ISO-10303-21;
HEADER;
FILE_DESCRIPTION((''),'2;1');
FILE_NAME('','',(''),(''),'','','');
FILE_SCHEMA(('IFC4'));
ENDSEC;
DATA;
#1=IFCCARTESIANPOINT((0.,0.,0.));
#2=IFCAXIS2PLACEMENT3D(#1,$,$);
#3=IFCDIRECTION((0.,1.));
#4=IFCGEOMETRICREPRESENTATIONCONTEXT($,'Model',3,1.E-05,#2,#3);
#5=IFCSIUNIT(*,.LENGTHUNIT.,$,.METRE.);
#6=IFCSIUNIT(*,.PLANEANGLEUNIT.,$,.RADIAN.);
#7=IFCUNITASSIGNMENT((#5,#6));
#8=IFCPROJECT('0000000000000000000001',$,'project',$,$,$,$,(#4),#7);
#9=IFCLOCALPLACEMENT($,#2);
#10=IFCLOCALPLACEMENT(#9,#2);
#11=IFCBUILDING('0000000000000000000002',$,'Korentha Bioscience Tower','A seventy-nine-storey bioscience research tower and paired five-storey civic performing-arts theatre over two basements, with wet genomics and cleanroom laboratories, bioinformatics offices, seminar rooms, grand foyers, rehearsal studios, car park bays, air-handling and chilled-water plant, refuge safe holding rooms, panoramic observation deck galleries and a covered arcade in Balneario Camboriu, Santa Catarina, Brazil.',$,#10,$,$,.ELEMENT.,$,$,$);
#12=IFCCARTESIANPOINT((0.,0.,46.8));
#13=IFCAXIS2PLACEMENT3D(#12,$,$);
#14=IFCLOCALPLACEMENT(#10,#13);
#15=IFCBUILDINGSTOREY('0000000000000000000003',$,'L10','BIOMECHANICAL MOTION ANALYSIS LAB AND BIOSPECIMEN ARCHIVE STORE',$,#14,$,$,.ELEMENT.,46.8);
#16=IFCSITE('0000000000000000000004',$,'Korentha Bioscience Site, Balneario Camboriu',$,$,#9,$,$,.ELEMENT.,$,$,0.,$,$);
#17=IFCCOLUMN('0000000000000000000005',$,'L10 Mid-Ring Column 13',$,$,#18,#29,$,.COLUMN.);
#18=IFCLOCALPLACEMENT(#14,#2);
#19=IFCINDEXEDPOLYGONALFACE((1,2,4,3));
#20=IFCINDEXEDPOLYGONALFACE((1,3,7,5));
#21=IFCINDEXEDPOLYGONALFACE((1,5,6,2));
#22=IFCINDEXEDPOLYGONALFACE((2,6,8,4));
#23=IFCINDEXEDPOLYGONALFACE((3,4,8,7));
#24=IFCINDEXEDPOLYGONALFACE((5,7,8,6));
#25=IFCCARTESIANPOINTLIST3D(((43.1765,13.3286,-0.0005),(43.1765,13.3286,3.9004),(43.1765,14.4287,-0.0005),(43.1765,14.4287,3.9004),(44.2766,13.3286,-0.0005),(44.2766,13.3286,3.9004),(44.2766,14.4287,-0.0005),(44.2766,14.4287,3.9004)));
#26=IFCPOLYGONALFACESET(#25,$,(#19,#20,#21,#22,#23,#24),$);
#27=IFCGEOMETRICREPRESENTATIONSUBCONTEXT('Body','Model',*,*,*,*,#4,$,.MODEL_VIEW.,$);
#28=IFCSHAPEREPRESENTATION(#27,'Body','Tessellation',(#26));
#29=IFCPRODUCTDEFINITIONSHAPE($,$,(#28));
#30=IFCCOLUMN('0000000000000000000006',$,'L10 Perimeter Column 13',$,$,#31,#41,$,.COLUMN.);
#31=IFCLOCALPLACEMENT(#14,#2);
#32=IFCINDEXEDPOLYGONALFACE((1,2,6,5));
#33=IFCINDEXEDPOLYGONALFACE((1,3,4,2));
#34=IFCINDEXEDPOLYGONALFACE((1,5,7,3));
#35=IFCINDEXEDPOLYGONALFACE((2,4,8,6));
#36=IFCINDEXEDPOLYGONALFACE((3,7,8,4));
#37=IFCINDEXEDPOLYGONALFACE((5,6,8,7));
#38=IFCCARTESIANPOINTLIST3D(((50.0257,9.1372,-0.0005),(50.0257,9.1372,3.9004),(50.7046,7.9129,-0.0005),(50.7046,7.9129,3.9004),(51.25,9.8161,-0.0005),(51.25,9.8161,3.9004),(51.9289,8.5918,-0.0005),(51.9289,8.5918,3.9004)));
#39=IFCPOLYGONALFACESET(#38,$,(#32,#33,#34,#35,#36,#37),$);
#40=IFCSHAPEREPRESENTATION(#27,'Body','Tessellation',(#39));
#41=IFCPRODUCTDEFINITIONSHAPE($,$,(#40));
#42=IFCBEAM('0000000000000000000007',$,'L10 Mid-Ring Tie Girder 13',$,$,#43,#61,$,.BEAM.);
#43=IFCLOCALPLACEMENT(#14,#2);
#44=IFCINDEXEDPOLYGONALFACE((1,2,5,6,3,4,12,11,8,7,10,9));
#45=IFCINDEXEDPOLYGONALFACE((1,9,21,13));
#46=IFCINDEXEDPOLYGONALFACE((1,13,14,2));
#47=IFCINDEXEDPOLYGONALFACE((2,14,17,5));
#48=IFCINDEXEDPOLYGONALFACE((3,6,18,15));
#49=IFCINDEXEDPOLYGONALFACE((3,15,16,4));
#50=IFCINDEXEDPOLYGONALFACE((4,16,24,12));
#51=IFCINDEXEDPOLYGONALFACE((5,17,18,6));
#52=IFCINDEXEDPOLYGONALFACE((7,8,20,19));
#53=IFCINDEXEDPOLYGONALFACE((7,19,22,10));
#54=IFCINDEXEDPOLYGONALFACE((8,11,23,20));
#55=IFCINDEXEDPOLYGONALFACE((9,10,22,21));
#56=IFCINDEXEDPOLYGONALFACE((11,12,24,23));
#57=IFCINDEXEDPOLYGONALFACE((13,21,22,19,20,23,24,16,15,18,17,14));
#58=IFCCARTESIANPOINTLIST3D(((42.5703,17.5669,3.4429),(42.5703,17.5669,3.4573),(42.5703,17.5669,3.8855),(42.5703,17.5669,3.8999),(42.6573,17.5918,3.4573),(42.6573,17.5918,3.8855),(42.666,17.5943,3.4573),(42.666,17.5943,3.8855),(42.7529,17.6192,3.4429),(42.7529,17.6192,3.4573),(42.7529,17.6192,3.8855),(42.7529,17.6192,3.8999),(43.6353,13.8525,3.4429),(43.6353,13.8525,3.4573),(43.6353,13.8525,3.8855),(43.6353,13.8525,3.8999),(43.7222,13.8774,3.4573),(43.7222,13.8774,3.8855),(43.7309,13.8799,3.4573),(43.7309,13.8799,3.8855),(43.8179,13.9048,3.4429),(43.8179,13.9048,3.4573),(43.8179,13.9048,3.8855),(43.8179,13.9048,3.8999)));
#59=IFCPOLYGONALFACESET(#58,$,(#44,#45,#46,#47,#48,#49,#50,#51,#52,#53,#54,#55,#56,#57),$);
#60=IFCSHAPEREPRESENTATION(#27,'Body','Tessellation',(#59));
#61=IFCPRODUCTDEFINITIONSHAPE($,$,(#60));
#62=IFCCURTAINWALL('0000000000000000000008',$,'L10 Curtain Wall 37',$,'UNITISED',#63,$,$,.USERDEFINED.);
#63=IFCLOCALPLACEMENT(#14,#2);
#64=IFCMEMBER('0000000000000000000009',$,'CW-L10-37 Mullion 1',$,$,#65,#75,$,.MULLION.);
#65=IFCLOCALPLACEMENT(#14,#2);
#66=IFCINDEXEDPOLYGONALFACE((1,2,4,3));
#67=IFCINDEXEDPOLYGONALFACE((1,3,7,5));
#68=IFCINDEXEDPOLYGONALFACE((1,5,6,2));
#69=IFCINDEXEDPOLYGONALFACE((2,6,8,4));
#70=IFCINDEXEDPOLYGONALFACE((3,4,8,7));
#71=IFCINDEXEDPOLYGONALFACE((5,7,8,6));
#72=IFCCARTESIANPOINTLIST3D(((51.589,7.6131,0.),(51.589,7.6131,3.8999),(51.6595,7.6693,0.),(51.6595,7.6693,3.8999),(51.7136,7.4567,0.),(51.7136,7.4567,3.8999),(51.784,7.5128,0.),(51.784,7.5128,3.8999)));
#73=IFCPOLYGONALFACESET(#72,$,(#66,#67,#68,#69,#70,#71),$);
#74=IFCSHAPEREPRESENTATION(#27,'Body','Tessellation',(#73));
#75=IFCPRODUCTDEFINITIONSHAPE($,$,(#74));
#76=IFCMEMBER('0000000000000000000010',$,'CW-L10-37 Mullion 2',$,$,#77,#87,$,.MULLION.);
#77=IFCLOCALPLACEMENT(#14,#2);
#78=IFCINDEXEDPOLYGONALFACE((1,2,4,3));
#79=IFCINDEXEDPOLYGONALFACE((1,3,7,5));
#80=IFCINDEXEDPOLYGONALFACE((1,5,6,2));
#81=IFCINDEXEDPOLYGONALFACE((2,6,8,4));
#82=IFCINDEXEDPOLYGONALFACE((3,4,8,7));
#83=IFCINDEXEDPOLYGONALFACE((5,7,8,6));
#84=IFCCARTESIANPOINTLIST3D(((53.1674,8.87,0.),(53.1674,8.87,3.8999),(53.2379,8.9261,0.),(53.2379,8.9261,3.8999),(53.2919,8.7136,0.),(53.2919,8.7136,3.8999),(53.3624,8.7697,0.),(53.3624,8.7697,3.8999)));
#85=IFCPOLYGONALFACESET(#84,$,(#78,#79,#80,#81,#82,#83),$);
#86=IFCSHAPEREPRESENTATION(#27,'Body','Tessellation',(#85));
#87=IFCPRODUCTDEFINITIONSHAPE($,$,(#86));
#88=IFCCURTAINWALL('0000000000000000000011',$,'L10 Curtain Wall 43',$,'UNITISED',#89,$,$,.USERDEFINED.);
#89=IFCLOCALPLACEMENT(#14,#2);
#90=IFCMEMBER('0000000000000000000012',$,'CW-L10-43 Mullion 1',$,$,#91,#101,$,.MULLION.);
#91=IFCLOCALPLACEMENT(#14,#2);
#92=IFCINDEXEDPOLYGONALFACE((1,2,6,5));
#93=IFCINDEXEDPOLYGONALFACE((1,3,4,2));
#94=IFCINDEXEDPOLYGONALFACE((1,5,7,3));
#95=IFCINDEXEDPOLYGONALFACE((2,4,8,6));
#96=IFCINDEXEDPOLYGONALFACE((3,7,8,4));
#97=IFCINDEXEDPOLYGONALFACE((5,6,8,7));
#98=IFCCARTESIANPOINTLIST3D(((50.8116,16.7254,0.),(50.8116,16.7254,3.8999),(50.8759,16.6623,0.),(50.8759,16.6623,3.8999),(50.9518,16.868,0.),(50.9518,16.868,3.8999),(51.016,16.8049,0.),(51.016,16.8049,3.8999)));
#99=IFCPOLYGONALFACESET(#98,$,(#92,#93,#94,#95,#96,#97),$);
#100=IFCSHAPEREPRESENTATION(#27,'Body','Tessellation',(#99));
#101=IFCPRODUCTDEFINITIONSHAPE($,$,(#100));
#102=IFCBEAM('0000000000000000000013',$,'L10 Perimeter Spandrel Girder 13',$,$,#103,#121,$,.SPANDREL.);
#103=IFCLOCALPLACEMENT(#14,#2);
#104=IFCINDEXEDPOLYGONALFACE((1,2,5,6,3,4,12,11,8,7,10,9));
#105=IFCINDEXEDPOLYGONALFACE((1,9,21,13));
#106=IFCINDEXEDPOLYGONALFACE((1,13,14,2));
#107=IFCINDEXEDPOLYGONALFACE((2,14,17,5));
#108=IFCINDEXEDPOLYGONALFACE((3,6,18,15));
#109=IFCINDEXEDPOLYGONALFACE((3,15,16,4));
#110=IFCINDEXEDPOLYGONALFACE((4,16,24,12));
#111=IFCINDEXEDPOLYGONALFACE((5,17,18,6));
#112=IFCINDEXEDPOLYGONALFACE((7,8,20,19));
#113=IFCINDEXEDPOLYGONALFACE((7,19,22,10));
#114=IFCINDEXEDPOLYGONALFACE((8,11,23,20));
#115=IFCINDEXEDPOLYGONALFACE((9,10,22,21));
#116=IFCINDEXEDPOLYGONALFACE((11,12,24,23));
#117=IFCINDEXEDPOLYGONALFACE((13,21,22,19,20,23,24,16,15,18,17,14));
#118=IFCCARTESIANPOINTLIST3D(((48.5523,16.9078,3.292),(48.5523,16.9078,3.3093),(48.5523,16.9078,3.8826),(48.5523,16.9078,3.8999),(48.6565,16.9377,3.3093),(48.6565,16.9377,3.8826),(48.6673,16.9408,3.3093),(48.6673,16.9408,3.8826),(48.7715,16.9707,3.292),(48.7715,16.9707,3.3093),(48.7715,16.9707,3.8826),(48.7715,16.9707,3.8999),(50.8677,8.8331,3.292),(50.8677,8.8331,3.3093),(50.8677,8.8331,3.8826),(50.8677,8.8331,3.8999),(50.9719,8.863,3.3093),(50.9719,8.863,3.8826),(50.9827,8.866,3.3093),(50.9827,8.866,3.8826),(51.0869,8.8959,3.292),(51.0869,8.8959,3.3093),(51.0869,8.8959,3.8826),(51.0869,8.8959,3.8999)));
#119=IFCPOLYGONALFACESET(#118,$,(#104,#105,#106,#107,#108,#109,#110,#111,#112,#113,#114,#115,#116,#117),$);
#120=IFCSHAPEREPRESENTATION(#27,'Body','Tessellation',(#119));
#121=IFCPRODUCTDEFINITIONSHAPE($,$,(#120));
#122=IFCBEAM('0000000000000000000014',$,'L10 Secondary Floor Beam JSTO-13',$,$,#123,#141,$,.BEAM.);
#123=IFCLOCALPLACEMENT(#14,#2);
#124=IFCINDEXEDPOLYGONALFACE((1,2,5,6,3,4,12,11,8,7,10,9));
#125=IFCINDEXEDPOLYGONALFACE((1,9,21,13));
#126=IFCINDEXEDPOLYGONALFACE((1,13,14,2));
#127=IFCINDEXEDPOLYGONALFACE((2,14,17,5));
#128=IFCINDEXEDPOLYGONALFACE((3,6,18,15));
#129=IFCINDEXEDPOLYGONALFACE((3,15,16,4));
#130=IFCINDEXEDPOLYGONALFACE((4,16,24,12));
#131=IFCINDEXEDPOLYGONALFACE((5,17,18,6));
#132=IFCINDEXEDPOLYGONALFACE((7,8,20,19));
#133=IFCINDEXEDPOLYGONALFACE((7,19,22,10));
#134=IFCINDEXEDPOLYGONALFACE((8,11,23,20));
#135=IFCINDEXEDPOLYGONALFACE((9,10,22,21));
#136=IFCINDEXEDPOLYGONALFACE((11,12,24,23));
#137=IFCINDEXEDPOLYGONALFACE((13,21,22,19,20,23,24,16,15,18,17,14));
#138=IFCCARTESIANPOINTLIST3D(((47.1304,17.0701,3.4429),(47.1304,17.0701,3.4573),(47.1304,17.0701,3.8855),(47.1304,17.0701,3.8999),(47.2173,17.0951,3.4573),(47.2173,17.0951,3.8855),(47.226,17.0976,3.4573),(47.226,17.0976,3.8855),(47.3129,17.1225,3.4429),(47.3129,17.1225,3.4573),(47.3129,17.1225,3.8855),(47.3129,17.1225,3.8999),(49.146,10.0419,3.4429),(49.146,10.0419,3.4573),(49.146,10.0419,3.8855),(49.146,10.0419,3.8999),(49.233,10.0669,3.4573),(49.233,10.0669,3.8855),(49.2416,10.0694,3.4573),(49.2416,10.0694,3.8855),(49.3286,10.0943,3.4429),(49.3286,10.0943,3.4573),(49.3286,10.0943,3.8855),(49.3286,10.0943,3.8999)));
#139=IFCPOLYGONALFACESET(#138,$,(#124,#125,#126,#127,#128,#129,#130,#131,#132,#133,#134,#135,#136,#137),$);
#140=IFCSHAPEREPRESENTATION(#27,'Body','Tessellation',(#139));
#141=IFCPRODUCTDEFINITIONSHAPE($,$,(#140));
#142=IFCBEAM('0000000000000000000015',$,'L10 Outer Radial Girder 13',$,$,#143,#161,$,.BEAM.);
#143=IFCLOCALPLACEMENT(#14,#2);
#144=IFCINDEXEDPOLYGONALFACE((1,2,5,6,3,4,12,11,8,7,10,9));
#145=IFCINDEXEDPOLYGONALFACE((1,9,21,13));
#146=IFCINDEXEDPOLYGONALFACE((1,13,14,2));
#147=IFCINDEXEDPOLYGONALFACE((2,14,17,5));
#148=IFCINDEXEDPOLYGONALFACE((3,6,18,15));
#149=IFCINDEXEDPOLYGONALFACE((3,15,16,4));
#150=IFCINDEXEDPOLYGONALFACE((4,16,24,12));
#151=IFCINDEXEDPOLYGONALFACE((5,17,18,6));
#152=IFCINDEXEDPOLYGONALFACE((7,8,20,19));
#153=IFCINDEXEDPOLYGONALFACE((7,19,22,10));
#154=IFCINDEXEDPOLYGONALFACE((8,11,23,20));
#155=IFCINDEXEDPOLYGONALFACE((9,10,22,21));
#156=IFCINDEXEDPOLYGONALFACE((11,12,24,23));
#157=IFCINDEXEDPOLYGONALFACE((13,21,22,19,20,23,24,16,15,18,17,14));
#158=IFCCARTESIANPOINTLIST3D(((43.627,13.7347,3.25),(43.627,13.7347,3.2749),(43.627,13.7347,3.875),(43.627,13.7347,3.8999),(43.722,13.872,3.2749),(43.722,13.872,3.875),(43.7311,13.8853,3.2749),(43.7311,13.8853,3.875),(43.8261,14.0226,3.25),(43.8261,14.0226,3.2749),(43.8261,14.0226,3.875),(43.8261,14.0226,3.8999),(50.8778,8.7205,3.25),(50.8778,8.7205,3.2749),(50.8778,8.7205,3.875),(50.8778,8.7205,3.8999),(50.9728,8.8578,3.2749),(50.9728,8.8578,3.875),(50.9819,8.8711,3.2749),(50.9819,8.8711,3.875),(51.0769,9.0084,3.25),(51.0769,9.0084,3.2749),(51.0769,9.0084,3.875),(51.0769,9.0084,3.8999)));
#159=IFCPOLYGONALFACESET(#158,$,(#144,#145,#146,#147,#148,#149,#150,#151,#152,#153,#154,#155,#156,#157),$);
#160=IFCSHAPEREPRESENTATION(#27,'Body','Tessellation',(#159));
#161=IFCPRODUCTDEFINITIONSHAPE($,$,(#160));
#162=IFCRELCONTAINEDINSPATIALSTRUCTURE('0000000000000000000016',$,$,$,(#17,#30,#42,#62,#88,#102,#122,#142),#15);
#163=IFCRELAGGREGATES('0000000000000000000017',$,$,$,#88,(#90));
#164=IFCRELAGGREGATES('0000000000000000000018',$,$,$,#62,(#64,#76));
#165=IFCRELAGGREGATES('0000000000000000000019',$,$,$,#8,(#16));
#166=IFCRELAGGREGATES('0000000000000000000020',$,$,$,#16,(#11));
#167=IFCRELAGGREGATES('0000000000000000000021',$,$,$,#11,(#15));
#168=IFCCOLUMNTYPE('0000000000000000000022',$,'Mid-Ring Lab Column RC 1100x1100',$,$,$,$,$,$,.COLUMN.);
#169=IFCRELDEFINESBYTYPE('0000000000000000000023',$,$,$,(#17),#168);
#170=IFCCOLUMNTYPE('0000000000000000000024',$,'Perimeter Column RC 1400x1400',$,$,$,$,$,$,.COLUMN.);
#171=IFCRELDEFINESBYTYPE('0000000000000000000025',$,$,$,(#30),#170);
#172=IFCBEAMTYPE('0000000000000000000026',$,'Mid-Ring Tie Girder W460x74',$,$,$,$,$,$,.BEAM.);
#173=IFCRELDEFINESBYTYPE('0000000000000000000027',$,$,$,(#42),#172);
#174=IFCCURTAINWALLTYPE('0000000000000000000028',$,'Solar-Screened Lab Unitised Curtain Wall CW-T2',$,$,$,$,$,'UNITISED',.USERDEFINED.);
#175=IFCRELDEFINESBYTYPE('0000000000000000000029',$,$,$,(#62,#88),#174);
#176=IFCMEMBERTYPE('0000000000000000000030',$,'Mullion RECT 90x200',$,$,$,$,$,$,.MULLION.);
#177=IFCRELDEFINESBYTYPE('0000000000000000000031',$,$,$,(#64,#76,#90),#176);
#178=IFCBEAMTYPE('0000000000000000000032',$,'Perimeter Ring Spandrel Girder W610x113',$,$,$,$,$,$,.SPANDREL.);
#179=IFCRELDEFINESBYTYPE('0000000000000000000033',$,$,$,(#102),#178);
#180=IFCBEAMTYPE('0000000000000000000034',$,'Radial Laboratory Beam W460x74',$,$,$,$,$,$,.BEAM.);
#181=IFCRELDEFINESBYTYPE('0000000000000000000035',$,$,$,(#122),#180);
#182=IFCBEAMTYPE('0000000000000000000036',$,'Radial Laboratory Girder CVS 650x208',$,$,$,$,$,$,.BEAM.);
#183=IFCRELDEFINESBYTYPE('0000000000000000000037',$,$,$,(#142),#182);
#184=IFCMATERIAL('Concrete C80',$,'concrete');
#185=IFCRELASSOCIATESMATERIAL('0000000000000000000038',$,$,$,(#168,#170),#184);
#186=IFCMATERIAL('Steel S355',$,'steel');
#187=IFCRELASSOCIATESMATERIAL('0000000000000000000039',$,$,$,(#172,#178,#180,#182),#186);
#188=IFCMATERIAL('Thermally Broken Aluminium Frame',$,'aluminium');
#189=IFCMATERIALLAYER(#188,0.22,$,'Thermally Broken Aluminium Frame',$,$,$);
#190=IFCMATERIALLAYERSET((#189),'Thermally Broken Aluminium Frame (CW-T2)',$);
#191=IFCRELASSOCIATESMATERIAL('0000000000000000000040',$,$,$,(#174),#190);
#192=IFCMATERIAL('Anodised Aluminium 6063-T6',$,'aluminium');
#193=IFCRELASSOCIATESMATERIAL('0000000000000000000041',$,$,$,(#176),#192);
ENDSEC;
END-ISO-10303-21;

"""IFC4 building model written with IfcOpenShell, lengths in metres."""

from ifc_helpers import new_model, si_unit, direction, frame, origin, origin_2d, place, context, subcontext, project, spatial, rectangle, i_section, extrude, material, layer, layer_set, material_profile, profile_set, type_object, element, aggregate, save


model = new_model("IFC4")

# Units and contexts
model_context = context("Model", 3, precision=1e-05, world=origin(), true_north=direction((0.0, 1.0)))
body_context = subcontext(model_context, "Body", "Model", "MODEL_VIEW")
ifc_project = project(units=[si_unit("LENGTHUNIT", "METRE"), si_unit("PLANEANGLEUNIT", "RADIAN")], contexts=[model_context])

# Site, building, storey
site_placement = place(None, origin())
site = spatial("IfcSite", under=ifc_project, at=site_placement, Name="Korentha Bioscience Site, Balneario Camboriu", CompositionType="ELEMENT", RefElevation=0.0)
building_placement = place(site_placement, origin())
building = spatial("IfcBuilding", under=site, at=building_placement, Name="Korentha Bioscience Tower", Description="A seventy-nine-storey bioscience research tower and paired five-storey civic performing-arts theatre over two basements, with wet genomics and cleanroom laboratories, bioinformatics offices, seminar rooms, grand foyers, rehearsal studios, car park bays, air-handling and chilled-water plant, refuge safe holding rooms, panoramic observation deck galleries and a covered arcade in Balneario Camboriu, Santa Catarina, Brazil.", CompositionType="ELEMENT")
storey_placement = place(building_placement, frame((0.0, 0.0, 46.8)))
storey = spatial("IfcBuildingStorey", under=building, at=storey_placement, Name="L10", Description="BIOMECHANICAL MOTION ANALYSIS LAB AND BIOSPECIMEN ARCHIVE STORE", CompositionType="ELEMENT", Elevation=46.8)

# Columns
ifc_material_1 = material(Name="Concrete C80", Category="concrete")
ifc_material_profile_1 = material_profile(ifc_material_1, rectangle(XDim=1.1001, YDim=1.1001, at=origin_2d()), Name="Concrete C80")
ifc_profile_set_1 = profile_set([ifc_material_profile_1], Name="Concrete C80 (COL-MR11)")
column_type_1 = type_object("IfcColumnType", Name="Mid-Ring Lab Column RC 1100x1100", PredefinedType="COLUMN", material=ifc_profile_set_1)
column_1_placement = place(storey_placement, frame((43.7266, 13.8787, -0.0005), z_axis=(0.0, 0.0, 1.0), x_axis=(1.0, 0.0, 0.0)))
element("IfcColumn", 1, at=column_1_placement, inside=storey, type_object=column_type_1, Name="L10 Mid-Ring Column 13", PredefinedType="COLUMN", context=body_context, shape_type="SweptSolid", body=[
    extrude(rectangle(XDim=1.1001, YDim=1.1001, at=origin_2d()), origin(), (0.0, 0.0, 1.0), 3.9009),
])
ifc_material_profile_2 = material_profile(ifc_material_1, rectangle(XDim=1.3999, YDim=1.3999, at=origin_2d()), Name="Concrete C80")
ifc_profile_set_2 = profile_set([ifc_material_profile_2], Name="Concrete C80 (COL-P14)")
column_type_2 = type_object("IfcColumnType", Name="Perimeter Column RC 1400x1400", PredefinedType="COLUMN", material=ifc_profile_set_2)
column_2_placement = place(storey_placement, frame((50.9773, 8.8645, -0.0005), z_axis=(0.0, 0.0, 1.0), x_axis=(0.874535, 0.484962, 0.0)))
element("IfcColumn", 2, at=column_2_placement, inside=storey, type_object=column_type_2, Name="L10 Perimeter Column 13", PredefinedType="COLUMN", context=body_context, shape_type="SweptSolid", body=[
    extrude(rectangle(XDim=1.3999, YDim=1.3999, at=origin_2d()), origin(), (0.0, 0.0, 1.0), 3.9009),
])

# Beam
ifc_material_2 = material(Name="Steel S355", Category="steel")
ifc_material_profile_3 = material_profile(ifc_material_2, i_section(OverallWidth=0.1899, OverallDepth=0.457, WebThickness=0.009, FlangeThickness=0.0144, at=origin_2d()), Name="Steel S355")
ifc_profile_set_3 = profile_set([ifc_material_profile_3], Name="Steel S355 (MB-460)")
beam_type_1 = type_object("IfcBeamType", Name="Mid-Ring Tie Girder W460x74", PredefinedType="BEAM", material=ifc_profile_set_3)
beam_1_placement = place(storey_placement, frame((43.7266, 13.8787, 3.6714), z_axis=(-0.275606, 0.961271, 0.0), x_axis=(-0.961271, -0.275606, 0.0)))
element("IfcBeam", 3, at=beam_1_placement, inside=storey, type_object=beam_type_1, Name="L10 Mid-Ring Tie Girder 13", PredefinedType="BEAM", context=body_context, shape_type="SweptSolid", body=[
    extrude(i_section(OverallWidth=0.1899, OverallDepth=0.457, WebThickness=0.009, FlangeThickness=0.0144, at=origin_2d()), origin(), (0.0, 0.0, 1.0), 3.864),
])

# Curtain wall, members
ifc_material_3 = material(Name="Thermally Broken Aluminium Frame", Category="aluminium")
ifc_layer_1 = layer(ifc_material_3, 0.22, Name="Thermally Broken Aluminium Frame")
ifc_layer_set_1 = layer_set([ifc_layer_1], Name="Thermally Broken Aluminium Frame (CW-T2)")
curtain_wall_type = type_object("IfcCurtainWallType", Name="Solar-Screened Lab Unitised Curtain Wall CW-T2", ElementType="UNITISED", PredefinedType="USERDEFINED", material=ifc_layer_set_1)
curtain_wall_1_placement = place(storey_placement, origin())
curtain_wall_1 = element("IfcCurtainWall", 4, at=curtain_wall_1_placement, inside=storey, type_object=curtain_wall_type, Name="L10 Curtain Wall 37", ObjectType="UNITISED", PredefinedType="USERDEFINED")
ifc_material_4 = material(Name="Anodised Aluminium 6063-T6", Category="aluminium")
ifc_material_profile_4 = material_profile(ifc_material_4, rectangle(XDim=0.0901, YDim=0.2, at=origin_2d()), Name="Anodised Aluminium 6063-T6")
ifc_profile_set_4 = profile_set([ifc_material_profile_4], Name="Anodised Aluminium 6063-T6 (CW-MUL)")
member_type_1 = type_object("IfcMemberType", Name="Mullion RECT 90x200", PredefinedType="MULLION", material=ifc_profile_set_4)
member_1_placement = place(storey_placement, frame((51.6865, 7.563, 0.0), z_axis=(0.0, 0.0, 1.0), x_axis=(0.782288, 0.622917, 0.0)))
member_1 = element("IfcMember", 5, at=member_1_placement, type_object=member_type_1, Name="CW-L10-37 Mullion 1", PredefinedType="MULLION", context=body_context, shape_type="SweptSolid", body=[
    extrude(rectangle(XDim=0.0901, YDim=0.2, at=origin_2d()), origin(), (0.0, 0.0, 1.0), 3.8999),
])
member_2_placement = place(storey_placement, frame((53.2649, 8.8198, 0.0), z_axis=(0.0, 0.0, 1.0), x_axis=(0.782288, 0.622917, 0.0)))
member_2 = element("IfcMember", 6, at=member_2_placement, type_object=member_type_1, Name="CW-L10-37 Mullion 2", PredefinedType="MULLION", context=body_context, shape_type="SweptSolid", body=[
    extrude(rectangle(XDim=0.0901, YDim=0.2, at=origin_2d()), origin(), (0.0, 0.0, 1.0), 3.8999),
])

# Curtain wall, member
curtain_wall_2_placement = place(storey_placement, origin())
curtain_wall_2 = element("IfcCurtainWall", 7, at=curtain_wall_2_placement, inside=storey, type_object=curtain_wall_type, Name="L10 Curtain Wall 43", ObjectType="UNITISED", PredefinedType="USERDEFINED")
member_3_placement = place(storey_placement, frame((50.9138, 16.7651, 0.0), z_axis=(0.0, 0.0, 1.0), x_axis=(-0.713279, 0.70088, 0.0)))
member_3 = element("IfcMember", 8, at=member_3_placement, type_object=member_type_1, Name="CW-L10-43 Mullion 1", PredefinedType="MULLION", context=body_context, shape_type="SweptSolid", body=[
    extrude(rectangle(XDim=0.0901, YDim=0.2, at=origin_2d()), origin(), (0.0, 0.0, 1.0), 3.8999),
])
aggregate(curtain_wall_2, [member_3])

# Beams
ifc_material_profile_5 = material_profile(ifc_material_2, i_section(OverallWidth=0.228, OverallDepth=0.6079, WebThickness=0.0112, FlangeThickness=0.0173, at=origin_2d()), Name="Steel S355")
ifc_profile_set_5 = profile_set([ifc_material_profile_5], Name="Steel S355 (SB-610)")
beam_type_2 = type_object("IfcBeamType", Name="Perimeter Ring Spandrel Girder W610x113", PredefinedType="SPANDREL", material=ifc_profile_set_5)
beam_2_placement = place(storey_placement, frame((50.9773, 8.8645, 3.5959), z_axis=(-0.275642, 0.96126, 0.0), x_axis=(-0.96126, -0.275642, 0.0)))
element("IfcBeam", 9, at=beam_2_placement, inside=storey, type_object=beam_type_2, Name="L10 Perimeter Spandrel Girder 13", PredefinedType="SPANDREL", context=body_context, shape_type="SweptSolid", body=[
    extrude(i_section(OverallWidth=0.228, OverallDepth=0.6079, WebThickness=0.0112, FlangeThickness=0.0173, at=origin_2d()), origin(), (0.0, 0.0, 1.0), 8.4001),
])
ifc_material_profile_6 = material_profile(ifc_material_2, i_section(OverallWidth=0.1899, OverallDepth=0.457, WebThickness=0.009, FlangeThickness=0.0144, at=origin_2d()), Name="Steel S355")
ifc_profile_set_6 = profile_set([ifc_material_profile_6], Name="Steel S355 (RB-460)")
beam_type_3 = type_object("IfcBeamType", Name="Radial Laboratory Beam W460x74", PredefinedType="BEAM", material=ifc_profile_set_6)
beam_3_placement = place(storey_placement, frame((49.2373, 10.0681, 3.6714), z_axis=(-0.275682, 0.961249, 0.0), x_axis=(-0.961249, -0.275682, 0.0)))
element("IfcBeam", 10, at=beam_3_placement, inside=storey, type_object=beam_type_3, Name="L10 Secondary Floor Beam JSTO-13", PredefinedType="BEAM", context=body_context, shape_type="SweptSolid", body=[
    extrude(i_section(OverallWidth=0.1899, OverallDepth=0.457, WebThickness=0.009, FlangeThickness=0.0144, at=origin_2d()), origin(), (0.0, 0.0, 1.0), 7.3115),
])
ifc_material_profile_7 = material_profile(ifc_material_2, i_section(OverallWidth=0.3501, OverallDepth=0.6499, WebThickness=0.0161, FlangeThickness=0.0249, at=origin_2d()), Name="Steel S355")
ifc_profile_set_7 = profile_set([ifc_material_profile_7], Name="Steel S355 (RB-650)")
beam_type_4 = type_object("IfcBeamType", Name="Radial Laboratory Girder CVS 650x208", PredefinedType="BEAM", material=ifc_profile_set_7)
beam_4_placement = place(storey_placement, frame((43.7266, 13.8787, 3.575), z_axis=(0.822488, -0.568782, 0.0), x_axis=(0.568782, 0.822488, 0.0)))
element("IfcBeam", 11, at=beam_4_placement, inside=storey, type_object=beam_type_4, Name="L10 Outer Radial Girder 13", PredefinedType="BEAM", context=body_context, shape_type="SweptSolid", body=[
    extrude(i_section(OverallWidth=0.3501, OverallDepth=0.6499, WebThickness=0.0161, FlangeThickness=0.0249, at=origin_2d()), origin(), (0.0, 0.0, 1.0), 8.8157),
])

aggregate(curtain_wall_1, [member_1, member_2])

save(model, "model.ifc")
